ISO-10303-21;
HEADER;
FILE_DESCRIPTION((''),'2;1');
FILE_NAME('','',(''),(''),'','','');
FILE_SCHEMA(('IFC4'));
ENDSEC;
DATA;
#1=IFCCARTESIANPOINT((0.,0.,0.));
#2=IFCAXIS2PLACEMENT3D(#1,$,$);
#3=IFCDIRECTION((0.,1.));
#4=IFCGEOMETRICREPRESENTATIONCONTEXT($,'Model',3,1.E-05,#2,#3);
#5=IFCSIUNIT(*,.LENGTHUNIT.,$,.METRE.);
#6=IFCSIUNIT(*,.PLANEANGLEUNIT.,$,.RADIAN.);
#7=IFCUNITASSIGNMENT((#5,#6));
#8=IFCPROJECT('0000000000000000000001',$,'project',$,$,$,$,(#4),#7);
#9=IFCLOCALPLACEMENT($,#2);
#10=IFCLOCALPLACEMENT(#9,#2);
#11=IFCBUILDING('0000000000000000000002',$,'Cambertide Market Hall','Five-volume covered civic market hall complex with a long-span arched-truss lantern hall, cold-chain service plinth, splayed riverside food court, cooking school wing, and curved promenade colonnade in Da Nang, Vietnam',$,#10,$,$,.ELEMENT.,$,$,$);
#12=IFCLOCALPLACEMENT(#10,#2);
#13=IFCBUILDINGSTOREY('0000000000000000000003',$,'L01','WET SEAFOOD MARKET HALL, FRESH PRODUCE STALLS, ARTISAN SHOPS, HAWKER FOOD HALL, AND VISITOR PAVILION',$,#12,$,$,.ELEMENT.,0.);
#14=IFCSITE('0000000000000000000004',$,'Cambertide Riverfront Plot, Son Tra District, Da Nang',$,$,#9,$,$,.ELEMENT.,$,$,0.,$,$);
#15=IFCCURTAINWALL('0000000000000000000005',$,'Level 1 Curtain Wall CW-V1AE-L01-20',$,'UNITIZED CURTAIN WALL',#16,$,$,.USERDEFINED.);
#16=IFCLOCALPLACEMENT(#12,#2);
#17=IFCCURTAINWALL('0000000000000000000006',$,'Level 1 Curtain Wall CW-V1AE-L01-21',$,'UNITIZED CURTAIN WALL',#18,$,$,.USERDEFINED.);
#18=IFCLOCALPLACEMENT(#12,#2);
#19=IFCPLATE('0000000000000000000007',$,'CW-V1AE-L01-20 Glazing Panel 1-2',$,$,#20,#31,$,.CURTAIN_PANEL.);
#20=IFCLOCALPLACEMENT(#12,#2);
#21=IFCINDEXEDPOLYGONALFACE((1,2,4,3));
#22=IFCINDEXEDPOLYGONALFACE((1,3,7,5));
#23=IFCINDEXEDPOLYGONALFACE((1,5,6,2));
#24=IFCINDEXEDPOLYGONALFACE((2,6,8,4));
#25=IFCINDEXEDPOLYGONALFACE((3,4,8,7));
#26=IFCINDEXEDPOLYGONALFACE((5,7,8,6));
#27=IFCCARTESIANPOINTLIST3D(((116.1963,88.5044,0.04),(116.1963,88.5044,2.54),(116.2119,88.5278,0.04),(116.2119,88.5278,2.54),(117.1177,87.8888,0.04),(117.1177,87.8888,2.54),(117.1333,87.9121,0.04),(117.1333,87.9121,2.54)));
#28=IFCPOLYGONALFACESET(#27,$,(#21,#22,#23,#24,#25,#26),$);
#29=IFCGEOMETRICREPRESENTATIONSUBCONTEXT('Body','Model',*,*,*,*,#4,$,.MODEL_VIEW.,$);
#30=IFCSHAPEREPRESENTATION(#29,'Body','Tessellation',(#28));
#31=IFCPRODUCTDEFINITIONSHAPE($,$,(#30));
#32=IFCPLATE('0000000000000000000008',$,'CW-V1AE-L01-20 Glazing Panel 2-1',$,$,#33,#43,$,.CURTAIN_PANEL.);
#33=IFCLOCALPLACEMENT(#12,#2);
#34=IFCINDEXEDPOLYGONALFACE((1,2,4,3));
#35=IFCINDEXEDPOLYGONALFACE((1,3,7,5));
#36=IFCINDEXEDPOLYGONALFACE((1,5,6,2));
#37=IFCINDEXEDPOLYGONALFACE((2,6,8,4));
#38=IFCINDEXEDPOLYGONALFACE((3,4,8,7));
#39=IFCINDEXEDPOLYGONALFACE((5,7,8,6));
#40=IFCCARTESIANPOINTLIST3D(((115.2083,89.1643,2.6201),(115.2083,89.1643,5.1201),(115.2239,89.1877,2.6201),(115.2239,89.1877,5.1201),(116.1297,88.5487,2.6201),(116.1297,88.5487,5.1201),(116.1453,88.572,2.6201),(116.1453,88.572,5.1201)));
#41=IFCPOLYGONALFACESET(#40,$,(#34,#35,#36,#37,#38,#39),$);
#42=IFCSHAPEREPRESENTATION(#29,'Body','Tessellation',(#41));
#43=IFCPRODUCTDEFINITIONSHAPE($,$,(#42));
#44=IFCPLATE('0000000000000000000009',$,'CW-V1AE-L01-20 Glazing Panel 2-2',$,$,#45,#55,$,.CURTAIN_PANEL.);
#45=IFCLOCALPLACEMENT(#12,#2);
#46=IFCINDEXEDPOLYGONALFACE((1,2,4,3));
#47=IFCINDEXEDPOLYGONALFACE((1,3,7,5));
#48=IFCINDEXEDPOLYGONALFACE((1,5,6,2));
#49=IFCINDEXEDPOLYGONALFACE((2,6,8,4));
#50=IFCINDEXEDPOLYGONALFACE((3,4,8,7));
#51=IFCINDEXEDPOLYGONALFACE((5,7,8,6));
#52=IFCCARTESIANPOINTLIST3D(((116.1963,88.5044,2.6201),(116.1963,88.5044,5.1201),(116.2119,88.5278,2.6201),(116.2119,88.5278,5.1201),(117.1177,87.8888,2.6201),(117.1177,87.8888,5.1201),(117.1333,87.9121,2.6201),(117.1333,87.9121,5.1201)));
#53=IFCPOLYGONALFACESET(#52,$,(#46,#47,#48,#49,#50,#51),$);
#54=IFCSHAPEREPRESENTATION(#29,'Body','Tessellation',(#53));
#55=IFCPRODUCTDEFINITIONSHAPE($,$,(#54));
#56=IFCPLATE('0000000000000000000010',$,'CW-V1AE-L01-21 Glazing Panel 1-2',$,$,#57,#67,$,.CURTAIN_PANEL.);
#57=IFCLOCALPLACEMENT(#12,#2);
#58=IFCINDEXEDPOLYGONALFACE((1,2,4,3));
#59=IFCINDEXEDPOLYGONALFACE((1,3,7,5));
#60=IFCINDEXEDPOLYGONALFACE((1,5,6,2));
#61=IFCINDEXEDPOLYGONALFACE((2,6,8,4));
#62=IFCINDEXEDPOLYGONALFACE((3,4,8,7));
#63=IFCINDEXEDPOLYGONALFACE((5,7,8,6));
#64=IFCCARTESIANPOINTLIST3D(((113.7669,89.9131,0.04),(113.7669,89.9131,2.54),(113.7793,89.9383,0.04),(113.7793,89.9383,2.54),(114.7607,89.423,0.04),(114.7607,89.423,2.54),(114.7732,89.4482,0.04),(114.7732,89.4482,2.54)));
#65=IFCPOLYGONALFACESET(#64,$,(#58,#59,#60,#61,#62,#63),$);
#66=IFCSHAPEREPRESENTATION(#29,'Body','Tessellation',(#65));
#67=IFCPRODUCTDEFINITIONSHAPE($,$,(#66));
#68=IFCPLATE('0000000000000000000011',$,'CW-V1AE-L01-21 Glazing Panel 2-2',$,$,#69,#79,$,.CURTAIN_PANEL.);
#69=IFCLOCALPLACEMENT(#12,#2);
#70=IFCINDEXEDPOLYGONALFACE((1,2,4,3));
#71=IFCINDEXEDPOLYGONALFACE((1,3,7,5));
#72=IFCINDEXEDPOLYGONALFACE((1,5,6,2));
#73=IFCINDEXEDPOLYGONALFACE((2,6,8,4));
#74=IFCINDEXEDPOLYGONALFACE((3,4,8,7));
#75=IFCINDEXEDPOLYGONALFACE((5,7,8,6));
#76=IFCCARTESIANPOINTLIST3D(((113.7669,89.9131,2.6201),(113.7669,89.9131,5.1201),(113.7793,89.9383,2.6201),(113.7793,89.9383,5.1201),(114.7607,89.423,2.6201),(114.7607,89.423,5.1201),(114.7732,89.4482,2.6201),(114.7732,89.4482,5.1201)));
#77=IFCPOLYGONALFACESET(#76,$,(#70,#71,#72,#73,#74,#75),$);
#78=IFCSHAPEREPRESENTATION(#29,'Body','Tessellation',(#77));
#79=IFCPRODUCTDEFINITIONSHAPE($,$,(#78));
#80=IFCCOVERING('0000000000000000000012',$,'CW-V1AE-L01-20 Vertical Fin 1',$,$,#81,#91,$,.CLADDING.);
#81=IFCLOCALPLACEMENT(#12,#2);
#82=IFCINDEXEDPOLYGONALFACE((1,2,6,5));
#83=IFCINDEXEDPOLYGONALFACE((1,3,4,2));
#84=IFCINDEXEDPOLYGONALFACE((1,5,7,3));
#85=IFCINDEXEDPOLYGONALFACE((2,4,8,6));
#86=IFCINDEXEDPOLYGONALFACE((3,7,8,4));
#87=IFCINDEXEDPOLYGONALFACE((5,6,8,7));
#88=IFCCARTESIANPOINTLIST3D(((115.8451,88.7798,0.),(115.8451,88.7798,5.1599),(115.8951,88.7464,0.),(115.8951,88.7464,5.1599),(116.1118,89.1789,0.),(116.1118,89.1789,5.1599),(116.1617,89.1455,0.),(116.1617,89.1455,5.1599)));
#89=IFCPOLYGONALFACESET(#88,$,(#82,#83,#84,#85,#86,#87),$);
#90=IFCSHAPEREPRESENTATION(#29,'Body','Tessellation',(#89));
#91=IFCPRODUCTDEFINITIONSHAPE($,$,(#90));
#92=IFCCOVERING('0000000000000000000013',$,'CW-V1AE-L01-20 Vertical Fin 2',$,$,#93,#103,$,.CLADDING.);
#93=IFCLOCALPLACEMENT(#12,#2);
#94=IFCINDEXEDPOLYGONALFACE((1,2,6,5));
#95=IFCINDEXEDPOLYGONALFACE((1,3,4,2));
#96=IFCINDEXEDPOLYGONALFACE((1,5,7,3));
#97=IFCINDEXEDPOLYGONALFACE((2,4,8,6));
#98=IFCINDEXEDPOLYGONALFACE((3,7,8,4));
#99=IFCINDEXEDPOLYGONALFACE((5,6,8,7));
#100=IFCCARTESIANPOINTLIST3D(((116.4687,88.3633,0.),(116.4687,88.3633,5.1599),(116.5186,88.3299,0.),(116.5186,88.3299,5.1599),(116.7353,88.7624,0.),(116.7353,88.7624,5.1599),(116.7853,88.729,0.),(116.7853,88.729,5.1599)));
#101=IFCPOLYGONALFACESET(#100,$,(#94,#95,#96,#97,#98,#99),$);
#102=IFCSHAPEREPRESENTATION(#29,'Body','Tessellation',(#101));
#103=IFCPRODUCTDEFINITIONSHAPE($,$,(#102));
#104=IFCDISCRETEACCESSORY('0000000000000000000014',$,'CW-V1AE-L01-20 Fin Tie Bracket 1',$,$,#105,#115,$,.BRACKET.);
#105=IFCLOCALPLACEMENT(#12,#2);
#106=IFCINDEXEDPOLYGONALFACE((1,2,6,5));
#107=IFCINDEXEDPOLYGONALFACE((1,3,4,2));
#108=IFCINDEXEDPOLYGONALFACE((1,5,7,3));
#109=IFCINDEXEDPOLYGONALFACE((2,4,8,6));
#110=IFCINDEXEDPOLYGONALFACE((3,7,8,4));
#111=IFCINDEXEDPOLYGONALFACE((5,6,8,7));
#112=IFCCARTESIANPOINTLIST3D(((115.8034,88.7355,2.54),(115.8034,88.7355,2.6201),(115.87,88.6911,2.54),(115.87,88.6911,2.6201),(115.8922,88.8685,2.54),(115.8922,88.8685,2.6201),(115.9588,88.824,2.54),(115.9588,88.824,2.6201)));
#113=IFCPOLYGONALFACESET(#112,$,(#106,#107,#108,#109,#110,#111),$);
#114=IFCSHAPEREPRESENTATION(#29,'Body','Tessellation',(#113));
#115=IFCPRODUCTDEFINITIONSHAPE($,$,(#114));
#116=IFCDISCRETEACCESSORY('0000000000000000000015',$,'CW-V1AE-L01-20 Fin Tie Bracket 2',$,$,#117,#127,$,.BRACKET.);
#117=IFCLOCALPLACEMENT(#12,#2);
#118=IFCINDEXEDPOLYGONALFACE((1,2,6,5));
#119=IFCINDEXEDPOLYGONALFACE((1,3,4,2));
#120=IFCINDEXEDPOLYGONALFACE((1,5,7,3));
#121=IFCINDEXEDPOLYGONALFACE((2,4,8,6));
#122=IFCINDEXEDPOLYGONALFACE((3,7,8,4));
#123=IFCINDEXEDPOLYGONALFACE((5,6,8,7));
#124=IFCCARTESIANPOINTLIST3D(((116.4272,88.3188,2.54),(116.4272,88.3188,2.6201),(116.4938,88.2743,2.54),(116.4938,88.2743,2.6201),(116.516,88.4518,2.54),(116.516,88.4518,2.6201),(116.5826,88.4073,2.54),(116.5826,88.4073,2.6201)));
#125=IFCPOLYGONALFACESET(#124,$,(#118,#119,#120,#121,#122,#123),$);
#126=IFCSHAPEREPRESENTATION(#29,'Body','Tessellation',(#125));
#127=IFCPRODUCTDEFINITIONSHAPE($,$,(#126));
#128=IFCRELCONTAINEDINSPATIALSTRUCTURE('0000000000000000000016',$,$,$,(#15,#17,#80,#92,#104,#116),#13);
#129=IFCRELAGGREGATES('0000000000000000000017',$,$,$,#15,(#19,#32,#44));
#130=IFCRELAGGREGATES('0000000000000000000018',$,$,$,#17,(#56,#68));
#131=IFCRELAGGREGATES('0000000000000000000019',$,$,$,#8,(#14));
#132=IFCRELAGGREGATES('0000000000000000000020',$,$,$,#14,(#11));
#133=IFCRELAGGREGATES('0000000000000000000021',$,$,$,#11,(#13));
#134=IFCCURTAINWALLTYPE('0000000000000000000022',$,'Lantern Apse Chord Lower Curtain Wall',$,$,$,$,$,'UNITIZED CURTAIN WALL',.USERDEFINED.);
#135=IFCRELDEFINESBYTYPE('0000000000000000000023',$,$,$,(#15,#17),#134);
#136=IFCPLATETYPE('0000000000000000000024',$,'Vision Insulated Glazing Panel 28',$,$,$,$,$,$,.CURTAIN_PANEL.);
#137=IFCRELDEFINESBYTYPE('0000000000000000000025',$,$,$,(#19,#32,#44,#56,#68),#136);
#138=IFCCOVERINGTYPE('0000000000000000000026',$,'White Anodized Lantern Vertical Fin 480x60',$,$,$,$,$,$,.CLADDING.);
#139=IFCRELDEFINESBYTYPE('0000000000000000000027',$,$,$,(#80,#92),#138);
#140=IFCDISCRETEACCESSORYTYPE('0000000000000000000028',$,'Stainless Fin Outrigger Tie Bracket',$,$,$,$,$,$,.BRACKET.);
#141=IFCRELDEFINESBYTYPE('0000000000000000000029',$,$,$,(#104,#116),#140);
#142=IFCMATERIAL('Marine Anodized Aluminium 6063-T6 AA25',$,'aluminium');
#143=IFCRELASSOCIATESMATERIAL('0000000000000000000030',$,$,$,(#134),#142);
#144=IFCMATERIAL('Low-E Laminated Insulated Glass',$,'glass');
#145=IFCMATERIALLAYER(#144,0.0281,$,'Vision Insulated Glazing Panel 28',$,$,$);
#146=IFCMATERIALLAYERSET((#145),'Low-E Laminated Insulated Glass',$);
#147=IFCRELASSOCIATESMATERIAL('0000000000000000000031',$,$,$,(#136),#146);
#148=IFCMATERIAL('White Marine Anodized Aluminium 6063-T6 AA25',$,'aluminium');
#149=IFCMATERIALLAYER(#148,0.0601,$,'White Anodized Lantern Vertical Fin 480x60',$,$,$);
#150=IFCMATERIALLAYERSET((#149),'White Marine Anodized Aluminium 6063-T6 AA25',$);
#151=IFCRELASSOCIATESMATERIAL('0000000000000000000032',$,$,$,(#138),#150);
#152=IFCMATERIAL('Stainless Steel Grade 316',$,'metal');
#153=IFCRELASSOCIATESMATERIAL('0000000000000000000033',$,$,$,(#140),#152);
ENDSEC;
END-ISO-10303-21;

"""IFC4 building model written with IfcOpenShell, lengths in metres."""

from ifc_helpers import new_model, si_unit, direction, frame, origin, origin_2d, place, context, subcontext, project, spatial, rectangle, extrude, material, layer, layer_set, type_object, element, aggregate, save


model = new_model("IFC4")

# Units and contexts
model_context = context("Model", 3, precision=1e-05, world=origin(), true_north=direction((0.0, 1.0)))
body_context = subcontext(model_context, "Body", "Model", "MODEL_VIEW")
ifc_project = project(units=[si_unit("LENGTHUNIT", "METRE"), si_unit("PLANEANGLEUNIT", "RADIAN")], contexts=[model_context])

# Site, building, storey
site_placement = place(None, origin())
site = spatial("IfcSite", under=ifc_project, at=site_placement, Name="Cambertide Riverfront Plot, Son Tra District, Da Nang", CompositionType="ELEMENT", RefElevation=0.0)
building_placement = place(site_placement, origin())
building = spatial("IfcBuilding", under=site, at=building_placement, Name="Cambertide Market Hall", Description="Five-volume covered civic market hall complex with a long-span arched-truss lantern hall, cold-chain service plinth, splayed riverside food court, cooking school wing, and curved promenade colonnade in Da Nang, Vietnam", CompositionType="ELEMENT")
storey_placement = place(building_placement, origin())
storey = spatial("IfcBuildingStorey", under=building, at=storey_placement, Name="L01", Description="WET SEAFOOD MARKET HALL, FRESH PRODUCE STALLS, ARTISAN SHOPS, HAWKER FOOD HALL, AND VISITOR PAVILION", CompositionType="ELEMENT", Elevation=0.0)

# Shared definitions
ifc_material_1 = material(Name="Marine Anodized Aluminium 6063-T6 AA25", Category="aluminium")
curtain_wall_type = type_object("IfcCurtainWallType", Name="Lantern Apse Chord Lower Curtain Wall", ElementType="UNITIZED CURTAIN WALL", PredefinedType="USERDEFINED", material=ifc_material_1)

# Curtain wall
curtain_wall_1_placement = place(storey_placement, origin())
curtain_wall_1 = element("IfcCurtainWall", 1, at=curtain_wall_1_placement, inside=storey, type_object=curtain_wall_type, Name="Level 1 Curtain Wall CW-V1AE-L01-20", ObjectType="UNITIZED CURTAIN WALL", PredefinedType="USERDEFINED")

# Curtain wall
curtain_wall_2_placement = place(storey_placement, origin())
curtain_wall_2 = element("IfcCurtainWall", 2, at=curtain_wall_2_placement, inside=storey, type_object=curtain_wall_type, Name="Level 1 Curtain Wall CW-V1AE-L01-21", ObjectType="UNITIZED CURTAIN WALL", PredefinedType="USERDEFINED")

# Plates
ifc_material_2 = material(Name="Low-E Laminated Insulated Glass", Category="glass")
ifc_layer_1 = layer(ifc_material_2, 0.0281, Name="Vision Insulated Glazing Panel 28")
ifc_layer_set_1 = layer_set([ifc_layer_1], Name="Low-E Laminated Insulated Glass")
plate_type = type_object("IfcPlateType", Name="Vision Insulated Glazing Panel 28", PredefinedType="CURTAIN_PANEL", material=ifc_layer_set_1)
plate_1_placement = place(storey_placement, frame((116.6648, 88.2083, 0.04), z_axis=(0.0, 0.0, 1.0), x_axis=(0.83147, -0.55557, 0.0)))
plate_1 = element("IfcPlate", 3, at=plate_1_placement, type_object=plate_type, Name="CW-V1AE-L01-20 Glazing Panel 1-2", PredefinedType="CURTAIN_PANEL", context=body_context, shape_type="SweptSolid", body=[
    extrude(rectangle(XDim=1.1082, YDim=0.0281, at=origin_2d()), origin(), (0.0, 0.0, 1.0), 2.5),
])
plate_2_placement = place(storey_placement, frame((115.6768, 88.8682, 2.6201), z_axis=(0.0, 0.0, 1.0), x_axis=(0.83147, -0.55557, 0.0)))
plate_2 = element("IfcPlate", 4, at=plate_2_placement, type_object=plate_type, Name="CW-V1AE-L01-20 Glazing Panel 2-1", PredefinedType="CURTAIN_PANEL", context=body_context, shape_type="SweptSolid", body=[
    extrude(rectangle(XDim=1.1082, YDim=0.0281, at=origin_2d()), origin(), (0.0, 0.0, 1.0), 2.5),
])
plate_3_placement = place(storey_placement, frame((116.6648, 88.2083, 2.6201), z_axis=(0.0, 0.0, 1.0), x_axis=(0.83147, -0.55557, 0.0)))
plate_3 = element("IfcPlate", 5, at=plate_3_placement, type_object=plate_type, Name="CW-V1AE-L01-20 Glazing Panel 2-2", PredefinedType="CURTAIN_PANEL", context=body_context, shape_type="SweptSolid", body=[
    extrude(rectangle(XDim=1.1082, YDim=0.0281, at=origin_2d()), origin(), (0.0, 0.0, 1.0), 2.5),
])
aggregate(curtain_wall_1, [plate_1, plate_2, plate_3])
plate_4_placement = place(storey_placement, frame((114.27, 89.6807, 0.04), z_axis=(0.0, 0.0, 1.0), x_axis=(0.896873, -0.442289, 0.0)))
plate_4 = element("IfcPlate", 6, at=plate_4_placement, type_object=plate_type, Name="CW-V1AE-L01-21 Glazing Panel 1-2", PredefinedType="CURTAIN_PANEL", context=body_context, shape_type="SweptSolid", body=[
    extrude(rectangle(XDim=1.1082, YDim=0.0281, at=origin_2d()), origin(), (0.0, 0.0, 1.0), 2.5),
])
plate_5_placement = place(storey_placement, frame((114.27, 89.6807, 2.6201), z_axis=(0.0, 0.0, 1.0), x_axis=(0.896873, -0.442289, 0.0)))
plate_5 = element("IfcPlate", 7, at=plate_5_placement, type_object=plate_type, Name="CW-V1AE-L01-21 Glazing Panel 2-2", PredefinedType="CURTAIN_PANEL", context=body_context, shape_type="SweptSolid", body=[
    extrude(rectangle(XDim=1.1082, YDim=0.0281, at=origin_2d()), origin(), (0.0, 0.0, 1.0), 2.5),
])
aggregate(curtain_wall_2, [plate_4, plate_5])

# Coverings
ifc_material_3 = material(Name="White Marine Anodized Aluminium 6063-T6 AA25", Category="aluminium")
ifc_layer_2 = layer(ifc_material_3, 0.0601, Name="White Anodized Lantern Vertical Fin 480x60")
ifc_layer_set_2 = layer_set([ifc_layer_2], Name="White Marine Anodized Aluminium 6063-T6 AA25")
covering_type = type_object("IfcCoveringType", Name="White Anodized Lantern Vertical Fin 480x60", PredefinedType="CLADDING", material=ifc_layer_set_2)
for number, where, z_axis, x_axis, name in (
    (8, (116.0034, 88.9626, 0.0), (0.0, 0.0, 1.0), (0.83147, -0.55557, 0.0), "CW-V1AE-L01-20 Vertical Fin 1"),
    (9, (116.627, 88.5461, 0.0), (0.0, 0.0, 1.0), (0.83147, -0.55557, 0.0), "CW-V1AE-L01-20 Vertical Fin 2"),
):
    element("IfcCovering", number, at=place(storey_placement, frame(where, z_axis=z_axis, x_axis=x_axis)), inside=storey, type_object=covering_type, Name=name, PredefinedType="CLADDING", context=body_context, shape_type="SweptSolid", body=[
        extrude(rectangle(XDim=0.0601, YDim=0.48, at=origin_2d()), origin(), (0.0, 0.0, 1.0), 5.1599),
    ])

# Discrete accessories
ifc_material_4 = material(Name="Stainless Steel Grade 316", Category="metal")
discrete_accessory_type = type_object("IfcDiscreteAccessoryType", Name="Stainless Fin Outrigger Tie Bracket", PredefinedType="BRACKET", material=ifc_material_4)
for number, where, z_axis, x_axis, name in (
    (10, (115.8811, 88.7798, 2.54), (0.0, 0.0, 1.0), (0.83147, -0.55557, 0.0), "CW-V1AE-L01-20 Fin Tie Bracket 1"),
    (11, (116.5049, 88.363, 2.54), (0.0, 0.0, 1.0), (0.83147, -0.55557, 0.0), "CW-V1AE-L01-20 Fin Tie Bracket 2"),
):
    element("IfcDiscreteAccessory", number, at=place(storey_placement, frame(where, z_axis=z_axis, x_axis=x_axis)), inside=storey, type_object=discrete_accessory_type, Name=name, PredefinedType="BRACKET", context=body_context, shape_type="SweptSolid", body=[
        extrude(rectangle(XDim=0.0801, YDim=0.1599, at=origin_2d()), origin(), (0.0, 0.0, 1.0), 0.0801),
    ])

save(model, "model.ifc")
